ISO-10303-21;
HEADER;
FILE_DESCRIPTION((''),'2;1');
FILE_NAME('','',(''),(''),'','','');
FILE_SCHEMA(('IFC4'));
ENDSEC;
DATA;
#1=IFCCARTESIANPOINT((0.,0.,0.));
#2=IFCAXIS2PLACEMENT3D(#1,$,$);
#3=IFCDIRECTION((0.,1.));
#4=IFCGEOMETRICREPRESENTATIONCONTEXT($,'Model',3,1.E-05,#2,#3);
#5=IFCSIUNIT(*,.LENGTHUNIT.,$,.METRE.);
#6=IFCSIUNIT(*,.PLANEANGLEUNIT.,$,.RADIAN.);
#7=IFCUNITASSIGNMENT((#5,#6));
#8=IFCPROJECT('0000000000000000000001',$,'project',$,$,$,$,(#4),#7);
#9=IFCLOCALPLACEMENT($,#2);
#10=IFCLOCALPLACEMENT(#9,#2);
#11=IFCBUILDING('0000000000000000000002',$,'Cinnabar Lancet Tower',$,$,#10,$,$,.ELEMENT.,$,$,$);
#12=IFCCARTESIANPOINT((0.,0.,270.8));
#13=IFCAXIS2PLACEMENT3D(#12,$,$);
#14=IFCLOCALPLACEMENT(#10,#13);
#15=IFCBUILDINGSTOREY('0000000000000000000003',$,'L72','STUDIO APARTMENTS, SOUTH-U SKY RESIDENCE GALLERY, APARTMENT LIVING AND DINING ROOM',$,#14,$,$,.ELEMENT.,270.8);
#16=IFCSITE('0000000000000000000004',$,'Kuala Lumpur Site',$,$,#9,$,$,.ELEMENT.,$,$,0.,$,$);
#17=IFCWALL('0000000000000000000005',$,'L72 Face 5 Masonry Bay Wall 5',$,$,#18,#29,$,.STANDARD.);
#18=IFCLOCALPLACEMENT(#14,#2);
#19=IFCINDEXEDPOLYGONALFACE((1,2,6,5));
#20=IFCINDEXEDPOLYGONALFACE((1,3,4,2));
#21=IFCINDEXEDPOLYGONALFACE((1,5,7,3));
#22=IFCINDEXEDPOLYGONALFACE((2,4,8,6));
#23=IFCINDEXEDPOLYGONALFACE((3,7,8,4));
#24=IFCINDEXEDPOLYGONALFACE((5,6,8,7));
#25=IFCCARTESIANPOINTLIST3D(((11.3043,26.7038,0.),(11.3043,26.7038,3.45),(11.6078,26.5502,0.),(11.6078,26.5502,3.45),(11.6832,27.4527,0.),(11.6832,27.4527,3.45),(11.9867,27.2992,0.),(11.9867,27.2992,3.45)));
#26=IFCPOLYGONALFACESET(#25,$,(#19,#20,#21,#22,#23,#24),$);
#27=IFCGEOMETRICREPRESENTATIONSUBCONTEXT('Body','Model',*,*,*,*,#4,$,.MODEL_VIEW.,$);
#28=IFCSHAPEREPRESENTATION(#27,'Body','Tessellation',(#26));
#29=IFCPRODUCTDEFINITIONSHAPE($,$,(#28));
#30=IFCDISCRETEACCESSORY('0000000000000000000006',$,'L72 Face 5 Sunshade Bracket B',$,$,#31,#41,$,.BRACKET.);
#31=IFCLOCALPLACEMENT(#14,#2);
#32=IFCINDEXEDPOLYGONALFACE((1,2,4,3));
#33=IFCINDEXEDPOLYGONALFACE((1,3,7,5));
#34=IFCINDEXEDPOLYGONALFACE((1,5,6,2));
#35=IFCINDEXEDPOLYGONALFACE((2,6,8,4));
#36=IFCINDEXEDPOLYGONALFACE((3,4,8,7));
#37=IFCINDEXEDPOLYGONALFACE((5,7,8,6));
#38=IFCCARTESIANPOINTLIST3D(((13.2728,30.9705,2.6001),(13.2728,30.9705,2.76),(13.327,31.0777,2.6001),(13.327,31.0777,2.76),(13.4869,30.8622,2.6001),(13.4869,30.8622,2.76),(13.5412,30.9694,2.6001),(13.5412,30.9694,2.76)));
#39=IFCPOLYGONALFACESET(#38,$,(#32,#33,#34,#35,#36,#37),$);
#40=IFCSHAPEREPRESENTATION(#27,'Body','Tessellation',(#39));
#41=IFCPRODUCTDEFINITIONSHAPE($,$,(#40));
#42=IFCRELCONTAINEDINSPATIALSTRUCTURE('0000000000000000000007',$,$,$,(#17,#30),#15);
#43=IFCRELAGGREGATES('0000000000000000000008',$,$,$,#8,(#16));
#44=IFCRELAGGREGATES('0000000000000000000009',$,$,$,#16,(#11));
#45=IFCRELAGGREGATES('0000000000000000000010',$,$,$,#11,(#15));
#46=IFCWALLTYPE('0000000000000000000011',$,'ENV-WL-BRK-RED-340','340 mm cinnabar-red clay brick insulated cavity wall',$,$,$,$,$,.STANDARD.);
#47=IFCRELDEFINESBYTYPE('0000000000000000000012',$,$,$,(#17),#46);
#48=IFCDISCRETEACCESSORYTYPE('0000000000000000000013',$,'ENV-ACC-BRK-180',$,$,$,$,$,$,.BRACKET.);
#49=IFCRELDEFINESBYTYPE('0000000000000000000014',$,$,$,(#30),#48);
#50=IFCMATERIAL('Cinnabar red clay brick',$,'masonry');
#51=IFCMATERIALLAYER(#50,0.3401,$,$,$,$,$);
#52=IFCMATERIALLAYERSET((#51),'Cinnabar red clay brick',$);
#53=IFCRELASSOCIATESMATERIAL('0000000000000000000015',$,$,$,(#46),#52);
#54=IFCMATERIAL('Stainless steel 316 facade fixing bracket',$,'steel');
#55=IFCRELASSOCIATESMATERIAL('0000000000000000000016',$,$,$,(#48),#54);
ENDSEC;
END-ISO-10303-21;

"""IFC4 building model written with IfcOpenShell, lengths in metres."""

from ifc_helpers import new_model, si_unit, direction, frame, frame_2d, origin, origin_2d, place, context, subcontext, project, spatial, rectangle, extrude, material, layer, layer_set, type_object, element, save


model = new_model("IFC4")

# Units and contexts
model_context = context("Model", 3, precision=1e-05, world=origin(), true_north=direction((0.0, 1.0)))
body_context = subcontext(model_context, "Body", "Model", "MODEL_VIEW")
ifc_project = project(units=[si_unit("LENGTHUNIT", "METRE"), si_unit("PLANEANGLEUNIT", "RADIAN")], contexts=[model_context])

# Site, building, storey
site_placement = place(None, origin())
site = spatial("IfcSite", under=ifc_project, at=site_placement, Name="Kuala Lumpur Site", CompositionType="ELEMENT", RefElevation=0.0)
building_placement = place(site_placement, origin())
building = spatial("IfcBuilding", under=site, at=building_placement, Name="Cinnabar Lancet Tower", CompositionType="ELEMENT")
storey_placement = place(building_placement, frame((0.0, 0.0, 270.8)))
storey = spatial("IfcBuildingStorey", under=building, at=storey_placement, Name="L72", Description="STUDIO APARTMENTS, SOUTH-U SKY RESIDENCE GALLERY, APARTMENT LIVING AND DINING ROOM", CompositionType="ELEMENT", Elevation=270.8)

# Shared definitions
ifc_material_1 = material(Name="Cinnabar red clay brick", Category="masonry")
ifc_layer_1 = layer(ifc_material_1, 0.3401)
ifc_layer_set_1 = layer_set([ifc_layer_1], Name="Cinnabar red clay brick")
wall_type_1 = type_object("IfcWallType", Name="ENV-WL-BRK-RED-340", Description="340 mm cinnabar-red clay brick insulated cavity wall", PredefinedType="STANDARD", material=ifc_layer_set_1)

# Wall
wall_1_placement = place(storey_placement, frame((11.835, 27.376, 0.0), z_axis=(0.0, 0.0, 1.0), x_axis=(-0.451397, -0.892323, 0.0)))
element("IfcWall", 1, at=wall_1_placement, inside=storey, type_object=wall_type_1, Name="L72 Face 5 Masonry Bay Wall 5", PredefinedType="STANDARD", context=body_context, shape_type="SweptSolid", body=[
    extrude(rectangle(XDim=0.8394, YDim=0.3401, at=frame_2d((0.4197, 0.0))), origin(), (0.0, 0.0, 1.0), 3.45),
])

# Discrete accessory
ifc_material_2 = material(Name="Stainless steel 316 facade fixing bracket", Category="steel")
discrete_accessory_type = type_object("IfcDiscreteAccessoryType", Name="ENV-ACC-BRK-180", PredefinedType="BRACKET", material=ifc_material_2)
discrete_accessory_placement = place(storey_placement, frame((13.407, 30.97, 2.6001), z_axis=(0.0, 0.0, 1.0), x_axis=(-0.451376, -0.892334, 0.0)))
element("IfcDiscreteAccessory", 2, at=discrete_accessory_placement, inside=storey, type_object=discrete_accessory_type, Name="L72 Face 5 Sunshade Bracket B", PredefinedType="BRACKET", context=body_context, shape_type="SweptSolid", body=[
    extrude(rectangle(XDim=0.1201, YDim=0.24, at=origin_2d()), origin(), (0.0, 0.0, 1.0), 0.1599),
])

save(model, "model.ifc")
